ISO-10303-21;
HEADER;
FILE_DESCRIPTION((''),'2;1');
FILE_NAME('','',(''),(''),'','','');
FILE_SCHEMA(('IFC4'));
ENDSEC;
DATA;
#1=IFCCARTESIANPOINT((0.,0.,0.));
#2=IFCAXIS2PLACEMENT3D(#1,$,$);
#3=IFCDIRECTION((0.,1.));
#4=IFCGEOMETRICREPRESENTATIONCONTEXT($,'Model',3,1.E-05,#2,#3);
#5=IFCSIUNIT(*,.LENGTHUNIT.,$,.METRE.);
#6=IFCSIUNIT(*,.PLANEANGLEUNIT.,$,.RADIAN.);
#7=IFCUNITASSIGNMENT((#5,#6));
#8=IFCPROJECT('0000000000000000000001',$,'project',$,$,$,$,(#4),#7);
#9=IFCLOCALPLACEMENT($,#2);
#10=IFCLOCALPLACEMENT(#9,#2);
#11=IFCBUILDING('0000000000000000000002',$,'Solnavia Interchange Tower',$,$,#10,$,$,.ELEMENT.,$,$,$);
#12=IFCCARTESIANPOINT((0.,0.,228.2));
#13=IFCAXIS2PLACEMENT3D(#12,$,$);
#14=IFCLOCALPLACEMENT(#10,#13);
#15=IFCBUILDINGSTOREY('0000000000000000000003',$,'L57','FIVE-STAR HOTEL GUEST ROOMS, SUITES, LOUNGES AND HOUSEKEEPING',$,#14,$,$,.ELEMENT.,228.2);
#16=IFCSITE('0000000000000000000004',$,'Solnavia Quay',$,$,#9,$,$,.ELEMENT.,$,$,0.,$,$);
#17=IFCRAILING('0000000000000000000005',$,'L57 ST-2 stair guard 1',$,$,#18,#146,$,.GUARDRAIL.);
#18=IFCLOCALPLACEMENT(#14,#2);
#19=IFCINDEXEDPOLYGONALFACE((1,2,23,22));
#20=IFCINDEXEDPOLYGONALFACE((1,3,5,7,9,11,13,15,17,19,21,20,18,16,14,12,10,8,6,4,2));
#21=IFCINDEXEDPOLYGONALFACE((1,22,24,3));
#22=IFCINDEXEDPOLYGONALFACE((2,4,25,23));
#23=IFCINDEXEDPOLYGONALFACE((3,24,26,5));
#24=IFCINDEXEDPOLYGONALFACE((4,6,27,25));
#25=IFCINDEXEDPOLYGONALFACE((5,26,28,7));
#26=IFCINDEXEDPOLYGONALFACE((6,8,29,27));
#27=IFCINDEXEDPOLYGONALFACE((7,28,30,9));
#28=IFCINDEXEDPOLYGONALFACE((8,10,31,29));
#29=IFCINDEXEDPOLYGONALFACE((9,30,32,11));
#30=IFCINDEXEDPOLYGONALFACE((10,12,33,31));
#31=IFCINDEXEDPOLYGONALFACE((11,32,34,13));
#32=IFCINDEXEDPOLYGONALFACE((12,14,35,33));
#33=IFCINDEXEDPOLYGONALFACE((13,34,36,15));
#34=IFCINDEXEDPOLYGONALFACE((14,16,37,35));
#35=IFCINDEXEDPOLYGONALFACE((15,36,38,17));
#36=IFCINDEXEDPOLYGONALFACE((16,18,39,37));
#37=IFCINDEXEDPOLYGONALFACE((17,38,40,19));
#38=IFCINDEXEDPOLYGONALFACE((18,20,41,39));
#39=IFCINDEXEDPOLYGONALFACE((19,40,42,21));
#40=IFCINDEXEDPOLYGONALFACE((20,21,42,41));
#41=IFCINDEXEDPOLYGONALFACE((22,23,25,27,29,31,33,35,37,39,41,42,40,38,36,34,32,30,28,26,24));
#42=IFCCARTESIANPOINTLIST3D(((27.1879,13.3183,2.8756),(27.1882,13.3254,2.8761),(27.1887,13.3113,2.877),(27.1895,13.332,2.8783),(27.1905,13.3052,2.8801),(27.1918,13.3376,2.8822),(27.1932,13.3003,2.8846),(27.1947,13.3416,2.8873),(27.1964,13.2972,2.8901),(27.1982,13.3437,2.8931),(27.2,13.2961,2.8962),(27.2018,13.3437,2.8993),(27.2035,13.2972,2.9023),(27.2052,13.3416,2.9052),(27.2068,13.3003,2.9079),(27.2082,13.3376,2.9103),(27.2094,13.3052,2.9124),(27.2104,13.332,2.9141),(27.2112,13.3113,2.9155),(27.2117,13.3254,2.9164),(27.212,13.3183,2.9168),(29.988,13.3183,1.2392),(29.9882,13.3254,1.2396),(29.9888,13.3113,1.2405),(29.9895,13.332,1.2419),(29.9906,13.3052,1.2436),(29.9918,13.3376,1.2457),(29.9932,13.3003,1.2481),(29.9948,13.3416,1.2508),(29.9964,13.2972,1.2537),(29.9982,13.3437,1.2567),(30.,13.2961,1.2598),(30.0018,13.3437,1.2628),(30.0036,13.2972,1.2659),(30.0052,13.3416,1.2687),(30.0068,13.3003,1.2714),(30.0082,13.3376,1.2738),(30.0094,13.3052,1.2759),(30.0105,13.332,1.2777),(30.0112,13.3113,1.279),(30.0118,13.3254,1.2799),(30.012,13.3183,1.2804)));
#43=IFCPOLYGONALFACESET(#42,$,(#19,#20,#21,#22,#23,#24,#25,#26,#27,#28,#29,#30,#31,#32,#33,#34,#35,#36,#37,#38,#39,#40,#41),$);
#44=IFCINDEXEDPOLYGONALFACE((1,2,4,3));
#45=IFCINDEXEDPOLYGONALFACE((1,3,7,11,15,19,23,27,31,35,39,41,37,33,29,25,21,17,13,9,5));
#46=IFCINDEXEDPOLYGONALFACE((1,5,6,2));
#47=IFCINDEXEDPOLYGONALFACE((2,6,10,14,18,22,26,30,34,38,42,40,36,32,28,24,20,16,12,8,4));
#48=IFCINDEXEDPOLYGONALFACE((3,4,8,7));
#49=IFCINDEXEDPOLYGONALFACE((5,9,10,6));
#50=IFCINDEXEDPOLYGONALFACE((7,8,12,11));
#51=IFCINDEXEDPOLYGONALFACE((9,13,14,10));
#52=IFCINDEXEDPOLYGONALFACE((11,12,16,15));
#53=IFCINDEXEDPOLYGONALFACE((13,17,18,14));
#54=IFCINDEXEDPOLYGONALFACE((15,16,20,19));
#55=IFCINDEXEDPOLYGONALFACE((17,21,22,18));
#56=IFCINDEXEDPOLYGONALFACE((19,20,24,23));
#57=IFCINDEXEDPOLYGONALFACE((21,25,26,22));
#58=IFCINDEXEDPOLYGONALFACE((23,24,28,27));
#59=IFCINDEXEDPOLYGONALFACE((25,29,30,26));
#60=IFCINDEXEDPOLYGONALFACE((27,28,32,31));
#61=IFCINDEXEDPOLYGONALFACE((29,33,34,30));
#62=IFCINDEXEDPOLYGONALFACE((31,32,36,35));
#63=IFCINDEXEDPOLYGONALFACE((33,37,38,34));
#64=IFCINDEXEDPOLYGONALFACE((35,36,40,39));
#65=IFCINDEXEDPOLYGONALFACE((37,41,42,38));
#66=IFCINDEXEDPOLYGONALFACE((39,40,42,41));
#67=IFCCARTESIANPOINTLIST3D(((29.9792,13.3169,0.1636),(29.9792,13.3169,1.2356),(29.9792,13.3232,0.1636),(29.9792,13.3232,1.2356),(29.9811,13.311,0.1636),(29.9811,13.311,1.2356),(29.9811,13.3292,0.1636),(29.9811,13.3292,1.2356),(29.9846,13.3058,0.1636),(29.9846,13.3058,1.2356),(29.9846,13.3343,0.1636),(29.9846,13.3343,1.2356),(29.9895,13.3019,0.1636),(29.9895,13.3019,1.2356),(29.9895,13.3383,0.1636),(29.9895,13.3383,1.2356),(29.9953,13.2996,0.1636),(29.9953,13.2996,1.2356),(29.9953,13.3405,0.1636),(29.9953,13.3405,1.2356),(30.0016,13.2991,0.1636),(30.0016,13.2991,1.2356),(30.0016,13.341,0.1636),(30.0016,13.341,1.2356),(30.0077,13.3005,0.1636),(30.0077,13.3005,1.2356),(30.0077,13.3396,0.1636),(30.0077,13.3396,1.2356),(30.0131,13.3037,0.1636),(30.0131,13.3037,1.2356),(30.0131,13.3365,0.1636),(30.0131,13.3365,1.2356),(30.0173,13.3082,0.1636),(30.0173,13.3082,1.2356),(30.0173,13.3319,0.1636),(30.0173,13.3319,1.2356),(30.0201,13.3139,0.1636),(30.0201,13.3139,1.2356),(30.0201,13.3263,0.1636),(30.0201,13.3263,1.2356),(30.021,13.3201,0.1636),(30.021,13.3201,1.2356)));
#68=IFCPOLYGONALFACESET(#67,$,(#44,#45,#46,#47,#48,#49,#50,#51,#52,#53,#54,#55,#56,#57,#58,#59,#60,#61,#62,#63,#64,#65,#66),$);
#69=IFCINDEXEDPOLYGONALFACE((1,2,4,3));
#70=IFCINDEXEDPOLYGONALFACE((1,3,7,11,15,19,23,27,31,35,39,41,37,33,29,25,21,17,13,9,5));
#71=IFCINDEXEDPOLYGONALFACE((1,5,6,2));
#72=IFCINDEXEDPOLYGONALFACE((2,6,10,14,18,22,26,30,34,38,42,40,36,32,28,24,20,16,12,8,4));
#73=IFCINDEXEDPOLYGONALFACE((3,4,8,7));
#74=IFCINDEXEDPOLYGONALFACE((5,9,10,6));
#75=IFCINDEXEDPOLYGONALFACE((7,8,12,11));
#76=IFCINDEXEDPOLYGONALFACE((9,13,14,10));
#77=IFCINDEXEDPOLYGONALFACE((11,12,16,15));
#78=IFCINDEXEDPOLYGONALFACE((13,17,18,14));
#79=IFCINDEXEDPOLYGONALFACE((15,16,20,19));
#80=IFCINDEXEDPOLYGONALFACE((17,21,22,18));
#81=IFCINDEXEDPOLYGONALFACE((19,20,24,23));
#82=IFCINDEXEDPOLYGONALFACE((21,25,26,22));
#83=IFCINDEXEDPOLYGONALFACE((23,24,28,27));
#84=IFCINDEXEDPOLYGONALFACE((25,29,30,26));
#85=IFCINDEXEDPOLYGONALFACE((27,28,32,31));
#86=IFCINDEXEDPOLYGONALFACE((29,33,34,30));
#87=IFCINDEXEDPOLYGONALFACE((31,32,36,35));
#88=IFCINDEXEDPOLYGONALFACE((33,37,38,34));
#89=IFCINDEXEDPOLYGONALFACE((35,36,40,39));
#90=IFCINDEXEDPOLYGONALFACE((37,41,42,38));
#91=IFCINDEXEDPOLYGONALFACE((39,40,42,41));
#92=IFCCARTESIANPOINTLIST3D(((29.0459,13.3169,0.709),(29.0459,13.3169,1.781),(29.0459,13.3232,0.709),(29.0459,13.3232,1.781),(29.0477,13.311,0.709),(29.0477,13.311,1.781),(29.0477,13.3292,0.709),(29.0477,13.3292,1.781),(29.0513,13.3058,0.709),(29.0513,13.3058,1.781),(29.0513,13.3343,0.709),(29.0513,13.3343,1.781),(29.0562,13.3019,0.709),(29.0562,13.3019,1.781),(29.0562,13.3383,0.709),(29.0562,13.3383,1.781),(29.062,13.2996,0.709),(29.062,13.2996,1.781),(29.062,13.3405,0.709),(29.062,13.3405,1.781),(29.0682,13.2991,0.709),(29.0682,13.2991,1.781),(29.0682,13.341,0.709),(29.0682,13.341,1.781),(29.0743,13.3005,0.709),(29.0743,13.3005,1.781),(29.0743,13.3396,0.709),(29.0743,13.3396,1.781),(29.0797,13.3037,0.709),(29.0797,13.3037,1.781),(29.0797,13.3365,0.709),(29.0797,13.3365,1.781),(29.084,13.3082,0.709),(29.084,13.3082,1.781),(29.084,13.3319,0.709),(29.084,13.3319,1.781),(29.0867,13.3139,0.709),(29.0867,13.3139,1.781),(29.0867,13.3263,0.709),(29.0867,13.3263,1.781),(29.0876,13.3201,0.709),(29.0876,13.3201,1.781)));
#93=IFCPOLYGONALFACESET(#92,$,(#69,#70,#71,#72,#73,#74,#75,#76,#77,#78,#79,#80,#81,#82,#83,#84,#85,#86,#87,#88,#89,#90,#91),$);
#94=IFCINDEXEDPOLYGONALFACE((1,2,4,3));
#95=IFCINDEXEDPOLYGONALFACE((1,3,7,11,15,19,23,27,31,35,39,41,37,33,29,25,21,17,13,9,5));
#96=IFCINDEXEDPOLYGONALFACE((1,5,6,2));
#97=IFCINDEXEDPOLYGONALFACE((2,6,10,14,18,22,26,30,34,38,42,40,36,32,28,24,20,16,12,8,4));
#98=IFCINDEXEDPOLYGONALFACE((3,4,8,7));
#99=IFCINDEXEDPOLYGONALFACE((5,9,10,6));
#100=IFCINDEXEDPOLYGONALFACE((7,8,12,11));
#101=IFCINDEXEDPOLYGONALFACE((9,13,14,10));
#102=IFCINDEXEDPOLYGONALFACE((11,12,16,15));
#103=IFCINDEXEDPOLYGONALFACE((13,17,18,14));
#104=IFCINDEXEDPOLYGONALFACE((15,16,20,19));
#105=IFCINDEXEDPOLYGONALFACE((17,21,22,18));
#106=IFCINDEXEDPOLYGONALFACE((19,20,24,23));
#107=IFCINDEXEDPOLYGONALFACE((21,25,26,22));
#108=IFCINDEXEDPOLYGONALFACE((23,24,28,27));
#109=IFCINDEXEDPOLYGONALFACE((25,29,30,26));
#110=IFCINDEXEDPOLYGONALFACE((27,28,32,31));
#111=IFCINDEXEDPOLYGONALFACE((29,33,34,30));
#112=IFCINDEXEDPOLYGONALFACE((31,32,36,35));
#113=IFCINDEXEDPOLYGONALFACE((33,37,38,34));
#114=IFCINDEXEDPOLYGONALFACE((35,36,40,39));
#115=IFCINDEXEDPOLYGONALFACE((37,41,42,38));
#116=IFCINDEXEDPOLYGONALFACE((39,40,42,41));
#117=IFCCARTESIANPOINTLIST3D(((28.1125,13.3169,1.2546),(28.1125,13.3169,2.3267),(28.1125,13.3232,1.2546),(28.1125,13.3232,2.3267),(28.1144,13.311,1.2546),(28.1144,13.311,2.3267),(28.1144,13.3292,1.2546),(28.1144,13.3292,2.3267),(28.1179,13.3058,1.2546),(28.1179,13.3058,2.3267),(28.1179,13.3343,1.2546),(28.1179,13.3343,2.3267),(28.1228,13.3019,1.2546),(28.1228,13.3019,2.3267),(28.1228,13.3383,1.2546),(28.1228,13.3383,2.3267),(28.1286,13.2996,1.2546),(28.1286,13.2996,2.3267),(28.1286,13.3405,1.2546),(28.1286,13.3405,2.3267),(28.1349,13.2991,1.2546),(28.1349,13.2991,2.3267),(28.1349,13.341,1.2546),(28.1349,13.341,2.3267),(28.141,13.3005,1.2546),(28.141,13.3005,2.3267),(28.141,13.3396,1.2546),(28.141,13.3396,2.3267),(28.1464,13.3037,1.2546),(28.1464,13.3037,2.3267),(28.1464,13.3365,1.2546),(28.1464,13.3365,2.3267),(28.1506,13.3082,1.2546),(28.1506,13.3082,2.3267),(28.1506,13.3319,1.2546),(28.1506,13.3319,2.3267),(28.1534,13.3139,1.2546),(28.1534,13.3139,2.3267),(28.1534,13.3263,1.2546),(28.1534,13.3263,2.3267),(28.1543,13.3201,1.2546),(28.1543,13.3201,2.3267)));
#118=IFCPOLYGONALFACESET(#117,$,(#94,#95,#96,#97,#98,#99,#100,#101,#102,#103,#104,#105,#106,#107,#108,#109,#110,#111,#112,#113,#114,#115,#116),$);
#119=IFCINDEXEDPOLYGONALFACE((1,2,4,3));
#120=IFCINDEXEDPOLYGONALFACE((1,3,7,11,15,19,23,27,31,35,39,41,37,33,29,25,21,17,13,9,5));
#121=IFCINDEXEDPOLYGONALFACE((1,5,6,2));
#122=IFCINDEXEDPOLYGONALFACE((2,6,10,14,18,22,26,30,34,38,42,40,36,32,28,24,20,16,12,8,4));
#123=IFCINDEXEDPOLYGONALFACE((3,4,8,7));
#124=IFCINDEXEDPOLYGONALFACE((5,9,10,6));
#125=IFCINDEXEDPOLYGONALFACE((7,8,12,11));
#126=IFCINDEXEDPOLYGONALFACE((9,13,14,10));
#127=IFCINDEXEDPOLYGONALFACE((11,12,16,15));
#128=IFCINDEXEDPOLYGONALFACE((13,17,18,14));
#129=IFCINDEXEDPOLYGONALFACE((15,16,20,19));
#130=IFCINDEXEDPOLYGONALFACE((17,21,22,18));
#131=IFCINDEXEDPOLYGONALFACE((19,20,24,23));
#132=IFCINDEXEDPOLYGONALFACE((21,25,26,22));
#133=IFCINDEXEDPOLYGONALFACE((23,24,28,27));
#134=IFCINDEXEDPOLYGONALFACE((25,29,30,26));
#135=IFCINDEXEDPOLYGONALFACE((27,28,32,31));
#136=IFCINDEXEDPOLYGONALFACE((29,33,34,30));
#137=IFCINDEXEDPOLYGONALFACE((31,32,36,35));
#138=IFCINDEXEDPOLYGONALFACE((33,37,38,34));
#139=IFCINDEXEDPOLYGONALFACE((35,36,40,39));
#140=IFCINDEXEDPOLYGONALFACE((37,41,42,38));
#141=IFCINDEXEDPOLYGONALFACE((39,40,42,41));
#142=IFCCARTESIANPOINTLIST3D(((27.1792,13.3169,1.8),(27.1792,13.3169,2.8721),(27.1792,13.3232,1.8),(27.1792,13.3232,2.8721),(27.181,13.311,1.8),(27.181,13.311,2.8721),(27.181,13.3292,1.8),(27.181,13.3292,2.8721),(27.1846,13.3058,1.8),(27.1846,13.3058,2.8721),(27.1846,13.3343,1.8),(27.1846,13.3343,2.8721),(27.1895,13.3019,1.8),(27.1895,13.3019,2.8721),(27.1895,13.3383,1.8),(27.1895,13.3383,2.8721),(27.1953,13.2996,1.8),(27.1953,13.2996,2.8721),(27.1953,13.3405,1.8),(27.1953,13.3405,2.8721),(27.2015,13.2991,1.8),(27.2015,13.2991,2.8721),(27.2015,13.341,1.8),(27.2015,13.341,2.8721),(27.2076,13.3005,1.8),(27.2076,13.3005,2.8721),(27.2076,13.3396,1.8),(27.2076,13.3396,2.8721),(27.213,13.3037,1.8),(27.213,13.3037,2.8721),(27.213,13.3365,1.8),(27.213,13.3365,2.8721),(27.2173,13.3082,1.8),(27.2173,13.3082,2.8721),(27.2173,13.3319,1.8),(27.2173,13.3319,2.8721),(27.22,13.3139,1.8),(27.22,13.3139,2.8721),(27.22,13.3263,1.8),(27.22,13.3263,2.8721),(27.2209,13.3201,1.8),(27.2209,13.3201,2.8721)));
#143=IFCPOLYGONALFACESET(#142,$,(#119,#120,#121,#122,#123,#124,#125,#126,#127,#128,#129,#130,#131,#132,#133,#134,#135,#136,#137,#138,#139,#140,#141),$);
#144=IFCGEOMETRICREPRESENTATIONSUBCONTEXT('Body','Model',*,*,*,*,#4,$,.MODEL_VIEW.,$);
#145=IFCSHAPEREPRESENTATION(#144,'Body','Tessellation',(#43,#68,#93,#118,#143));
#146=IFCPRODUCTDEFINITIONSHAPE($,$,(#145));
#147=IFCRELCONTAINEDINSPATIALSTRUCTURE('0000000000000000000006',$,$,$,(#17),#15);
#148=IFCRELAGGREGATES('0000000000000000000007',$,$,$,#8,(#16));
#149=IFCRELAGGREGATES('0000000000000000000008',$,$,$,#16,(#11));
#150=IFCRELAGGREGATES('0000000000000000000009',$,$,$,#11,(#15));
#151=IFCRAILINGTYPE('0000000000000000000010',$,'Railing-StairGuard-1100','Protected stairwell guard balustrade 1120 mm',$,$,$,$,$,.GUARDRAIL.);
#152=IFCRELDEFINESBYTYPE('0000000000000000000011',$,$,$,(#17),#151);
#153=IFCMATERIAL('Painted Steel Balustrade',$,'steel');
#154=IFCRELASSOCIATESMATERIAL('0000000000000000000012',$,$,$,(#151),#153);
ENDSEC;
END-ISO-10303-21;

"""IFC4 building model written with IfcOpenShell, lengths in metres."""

from ifc_helpers import new_model, si_unit, direction, frame, origin, origin_2d, place, context, subcontext, project, spatial, circle, extrude, material, type_object, element, save


model = new_model("IFC4")

# Units and contexts
model_context = context("Model", 3, precision=1e-05, world=origin(), true_north=direction((0.0, 1.0)))
body_context = subcontext(model_context, "Body", "Model", "MODEL_VIEW")
ifc_project = project(units=[si_unit("LENGTHUNIT", "METRE"), si_unit("PLANEANGLEUNIT", "RADIAN")], contexts=[model_context])

# Site, building, storey
site_placement = place(None, origin())
site = spatial("IfcSite", under=ifc_project, at=site_placement, Name="Solnavia Quay", CompositionType="ELEMENT", RefElevation=0.0)
building_placement = place(site_placement, origin())
building = spatial("IfcBuilding", under=site, at=building_placement, Name="Solnavia Interchange Tower", CompositionType="ELEMENT")
storey_placement = place(building_placement, frame((0.0, 0.0, 228.2)))
storey = spatial("IfcBuildingStorey", under=building, at=storey_placement, Name="L57", Description="FIVE-STAR HOTEL GUEST ROOMS, SUITES, LOUNGES AND HOUSEKEEPING", CompositionType="ELEMENT", Elevation=228.2)

# Railing
ifc_material_1 = material(Name="Painted Steel Balustrade", Category="steel")
railing_type_1 = type_object("IfcRailingType", Name="Railing-StairGuard-1100", Description="Protected stairwell guard balustrade 1120 mm", PredefinedType="GUARDRAIL", material=ifc_material_1)
railing_1_placement = place(storey_placement, frame((30.0, 13.3201, 0.1636)))
element("IfcRailing", 1, at=railing_1_placement, inside=storey, type_object=railing_type_1, Name="L57 ST-2 stair guard 1", PredefinedType="GUARDRAIL", context=body_context, shape_type="SweptSolid", body=[
    extrude(circle(Radius=0.0239, at=origin_2d()), frame((0.0, 0.0, 1.0962), z_axis=(-0.863361, 0.0, 0.504587), x_axis=(0.0, -1.0, 0.0)), (0.0, 0.0, 1.0), 3.2432),
    extrude(circle(Radius=0.021, at=origin_2d()), origin(), (0.0, 0.0, 1.0), 1.072),
    extrude(circle(Radius=0.021, at=origin_2d()), frame((-0.9333, 0.0, 0.5454)), (0.0, 0.0, 1.0), 1.072),
    extrude(circle(Radius=0.021, at=origin_2d()), frame((-1.8667, 0.0, 1.0911)), (0.0, 0.0, 1.0), 1.072),
    extrude(circle(Radius=0.021, at=origin_2d()), frame((-2.8, 0.0, 1.6365)), (0.0, 0.0, 1.0), 1.072),
])

save(model, "model.ifc")
